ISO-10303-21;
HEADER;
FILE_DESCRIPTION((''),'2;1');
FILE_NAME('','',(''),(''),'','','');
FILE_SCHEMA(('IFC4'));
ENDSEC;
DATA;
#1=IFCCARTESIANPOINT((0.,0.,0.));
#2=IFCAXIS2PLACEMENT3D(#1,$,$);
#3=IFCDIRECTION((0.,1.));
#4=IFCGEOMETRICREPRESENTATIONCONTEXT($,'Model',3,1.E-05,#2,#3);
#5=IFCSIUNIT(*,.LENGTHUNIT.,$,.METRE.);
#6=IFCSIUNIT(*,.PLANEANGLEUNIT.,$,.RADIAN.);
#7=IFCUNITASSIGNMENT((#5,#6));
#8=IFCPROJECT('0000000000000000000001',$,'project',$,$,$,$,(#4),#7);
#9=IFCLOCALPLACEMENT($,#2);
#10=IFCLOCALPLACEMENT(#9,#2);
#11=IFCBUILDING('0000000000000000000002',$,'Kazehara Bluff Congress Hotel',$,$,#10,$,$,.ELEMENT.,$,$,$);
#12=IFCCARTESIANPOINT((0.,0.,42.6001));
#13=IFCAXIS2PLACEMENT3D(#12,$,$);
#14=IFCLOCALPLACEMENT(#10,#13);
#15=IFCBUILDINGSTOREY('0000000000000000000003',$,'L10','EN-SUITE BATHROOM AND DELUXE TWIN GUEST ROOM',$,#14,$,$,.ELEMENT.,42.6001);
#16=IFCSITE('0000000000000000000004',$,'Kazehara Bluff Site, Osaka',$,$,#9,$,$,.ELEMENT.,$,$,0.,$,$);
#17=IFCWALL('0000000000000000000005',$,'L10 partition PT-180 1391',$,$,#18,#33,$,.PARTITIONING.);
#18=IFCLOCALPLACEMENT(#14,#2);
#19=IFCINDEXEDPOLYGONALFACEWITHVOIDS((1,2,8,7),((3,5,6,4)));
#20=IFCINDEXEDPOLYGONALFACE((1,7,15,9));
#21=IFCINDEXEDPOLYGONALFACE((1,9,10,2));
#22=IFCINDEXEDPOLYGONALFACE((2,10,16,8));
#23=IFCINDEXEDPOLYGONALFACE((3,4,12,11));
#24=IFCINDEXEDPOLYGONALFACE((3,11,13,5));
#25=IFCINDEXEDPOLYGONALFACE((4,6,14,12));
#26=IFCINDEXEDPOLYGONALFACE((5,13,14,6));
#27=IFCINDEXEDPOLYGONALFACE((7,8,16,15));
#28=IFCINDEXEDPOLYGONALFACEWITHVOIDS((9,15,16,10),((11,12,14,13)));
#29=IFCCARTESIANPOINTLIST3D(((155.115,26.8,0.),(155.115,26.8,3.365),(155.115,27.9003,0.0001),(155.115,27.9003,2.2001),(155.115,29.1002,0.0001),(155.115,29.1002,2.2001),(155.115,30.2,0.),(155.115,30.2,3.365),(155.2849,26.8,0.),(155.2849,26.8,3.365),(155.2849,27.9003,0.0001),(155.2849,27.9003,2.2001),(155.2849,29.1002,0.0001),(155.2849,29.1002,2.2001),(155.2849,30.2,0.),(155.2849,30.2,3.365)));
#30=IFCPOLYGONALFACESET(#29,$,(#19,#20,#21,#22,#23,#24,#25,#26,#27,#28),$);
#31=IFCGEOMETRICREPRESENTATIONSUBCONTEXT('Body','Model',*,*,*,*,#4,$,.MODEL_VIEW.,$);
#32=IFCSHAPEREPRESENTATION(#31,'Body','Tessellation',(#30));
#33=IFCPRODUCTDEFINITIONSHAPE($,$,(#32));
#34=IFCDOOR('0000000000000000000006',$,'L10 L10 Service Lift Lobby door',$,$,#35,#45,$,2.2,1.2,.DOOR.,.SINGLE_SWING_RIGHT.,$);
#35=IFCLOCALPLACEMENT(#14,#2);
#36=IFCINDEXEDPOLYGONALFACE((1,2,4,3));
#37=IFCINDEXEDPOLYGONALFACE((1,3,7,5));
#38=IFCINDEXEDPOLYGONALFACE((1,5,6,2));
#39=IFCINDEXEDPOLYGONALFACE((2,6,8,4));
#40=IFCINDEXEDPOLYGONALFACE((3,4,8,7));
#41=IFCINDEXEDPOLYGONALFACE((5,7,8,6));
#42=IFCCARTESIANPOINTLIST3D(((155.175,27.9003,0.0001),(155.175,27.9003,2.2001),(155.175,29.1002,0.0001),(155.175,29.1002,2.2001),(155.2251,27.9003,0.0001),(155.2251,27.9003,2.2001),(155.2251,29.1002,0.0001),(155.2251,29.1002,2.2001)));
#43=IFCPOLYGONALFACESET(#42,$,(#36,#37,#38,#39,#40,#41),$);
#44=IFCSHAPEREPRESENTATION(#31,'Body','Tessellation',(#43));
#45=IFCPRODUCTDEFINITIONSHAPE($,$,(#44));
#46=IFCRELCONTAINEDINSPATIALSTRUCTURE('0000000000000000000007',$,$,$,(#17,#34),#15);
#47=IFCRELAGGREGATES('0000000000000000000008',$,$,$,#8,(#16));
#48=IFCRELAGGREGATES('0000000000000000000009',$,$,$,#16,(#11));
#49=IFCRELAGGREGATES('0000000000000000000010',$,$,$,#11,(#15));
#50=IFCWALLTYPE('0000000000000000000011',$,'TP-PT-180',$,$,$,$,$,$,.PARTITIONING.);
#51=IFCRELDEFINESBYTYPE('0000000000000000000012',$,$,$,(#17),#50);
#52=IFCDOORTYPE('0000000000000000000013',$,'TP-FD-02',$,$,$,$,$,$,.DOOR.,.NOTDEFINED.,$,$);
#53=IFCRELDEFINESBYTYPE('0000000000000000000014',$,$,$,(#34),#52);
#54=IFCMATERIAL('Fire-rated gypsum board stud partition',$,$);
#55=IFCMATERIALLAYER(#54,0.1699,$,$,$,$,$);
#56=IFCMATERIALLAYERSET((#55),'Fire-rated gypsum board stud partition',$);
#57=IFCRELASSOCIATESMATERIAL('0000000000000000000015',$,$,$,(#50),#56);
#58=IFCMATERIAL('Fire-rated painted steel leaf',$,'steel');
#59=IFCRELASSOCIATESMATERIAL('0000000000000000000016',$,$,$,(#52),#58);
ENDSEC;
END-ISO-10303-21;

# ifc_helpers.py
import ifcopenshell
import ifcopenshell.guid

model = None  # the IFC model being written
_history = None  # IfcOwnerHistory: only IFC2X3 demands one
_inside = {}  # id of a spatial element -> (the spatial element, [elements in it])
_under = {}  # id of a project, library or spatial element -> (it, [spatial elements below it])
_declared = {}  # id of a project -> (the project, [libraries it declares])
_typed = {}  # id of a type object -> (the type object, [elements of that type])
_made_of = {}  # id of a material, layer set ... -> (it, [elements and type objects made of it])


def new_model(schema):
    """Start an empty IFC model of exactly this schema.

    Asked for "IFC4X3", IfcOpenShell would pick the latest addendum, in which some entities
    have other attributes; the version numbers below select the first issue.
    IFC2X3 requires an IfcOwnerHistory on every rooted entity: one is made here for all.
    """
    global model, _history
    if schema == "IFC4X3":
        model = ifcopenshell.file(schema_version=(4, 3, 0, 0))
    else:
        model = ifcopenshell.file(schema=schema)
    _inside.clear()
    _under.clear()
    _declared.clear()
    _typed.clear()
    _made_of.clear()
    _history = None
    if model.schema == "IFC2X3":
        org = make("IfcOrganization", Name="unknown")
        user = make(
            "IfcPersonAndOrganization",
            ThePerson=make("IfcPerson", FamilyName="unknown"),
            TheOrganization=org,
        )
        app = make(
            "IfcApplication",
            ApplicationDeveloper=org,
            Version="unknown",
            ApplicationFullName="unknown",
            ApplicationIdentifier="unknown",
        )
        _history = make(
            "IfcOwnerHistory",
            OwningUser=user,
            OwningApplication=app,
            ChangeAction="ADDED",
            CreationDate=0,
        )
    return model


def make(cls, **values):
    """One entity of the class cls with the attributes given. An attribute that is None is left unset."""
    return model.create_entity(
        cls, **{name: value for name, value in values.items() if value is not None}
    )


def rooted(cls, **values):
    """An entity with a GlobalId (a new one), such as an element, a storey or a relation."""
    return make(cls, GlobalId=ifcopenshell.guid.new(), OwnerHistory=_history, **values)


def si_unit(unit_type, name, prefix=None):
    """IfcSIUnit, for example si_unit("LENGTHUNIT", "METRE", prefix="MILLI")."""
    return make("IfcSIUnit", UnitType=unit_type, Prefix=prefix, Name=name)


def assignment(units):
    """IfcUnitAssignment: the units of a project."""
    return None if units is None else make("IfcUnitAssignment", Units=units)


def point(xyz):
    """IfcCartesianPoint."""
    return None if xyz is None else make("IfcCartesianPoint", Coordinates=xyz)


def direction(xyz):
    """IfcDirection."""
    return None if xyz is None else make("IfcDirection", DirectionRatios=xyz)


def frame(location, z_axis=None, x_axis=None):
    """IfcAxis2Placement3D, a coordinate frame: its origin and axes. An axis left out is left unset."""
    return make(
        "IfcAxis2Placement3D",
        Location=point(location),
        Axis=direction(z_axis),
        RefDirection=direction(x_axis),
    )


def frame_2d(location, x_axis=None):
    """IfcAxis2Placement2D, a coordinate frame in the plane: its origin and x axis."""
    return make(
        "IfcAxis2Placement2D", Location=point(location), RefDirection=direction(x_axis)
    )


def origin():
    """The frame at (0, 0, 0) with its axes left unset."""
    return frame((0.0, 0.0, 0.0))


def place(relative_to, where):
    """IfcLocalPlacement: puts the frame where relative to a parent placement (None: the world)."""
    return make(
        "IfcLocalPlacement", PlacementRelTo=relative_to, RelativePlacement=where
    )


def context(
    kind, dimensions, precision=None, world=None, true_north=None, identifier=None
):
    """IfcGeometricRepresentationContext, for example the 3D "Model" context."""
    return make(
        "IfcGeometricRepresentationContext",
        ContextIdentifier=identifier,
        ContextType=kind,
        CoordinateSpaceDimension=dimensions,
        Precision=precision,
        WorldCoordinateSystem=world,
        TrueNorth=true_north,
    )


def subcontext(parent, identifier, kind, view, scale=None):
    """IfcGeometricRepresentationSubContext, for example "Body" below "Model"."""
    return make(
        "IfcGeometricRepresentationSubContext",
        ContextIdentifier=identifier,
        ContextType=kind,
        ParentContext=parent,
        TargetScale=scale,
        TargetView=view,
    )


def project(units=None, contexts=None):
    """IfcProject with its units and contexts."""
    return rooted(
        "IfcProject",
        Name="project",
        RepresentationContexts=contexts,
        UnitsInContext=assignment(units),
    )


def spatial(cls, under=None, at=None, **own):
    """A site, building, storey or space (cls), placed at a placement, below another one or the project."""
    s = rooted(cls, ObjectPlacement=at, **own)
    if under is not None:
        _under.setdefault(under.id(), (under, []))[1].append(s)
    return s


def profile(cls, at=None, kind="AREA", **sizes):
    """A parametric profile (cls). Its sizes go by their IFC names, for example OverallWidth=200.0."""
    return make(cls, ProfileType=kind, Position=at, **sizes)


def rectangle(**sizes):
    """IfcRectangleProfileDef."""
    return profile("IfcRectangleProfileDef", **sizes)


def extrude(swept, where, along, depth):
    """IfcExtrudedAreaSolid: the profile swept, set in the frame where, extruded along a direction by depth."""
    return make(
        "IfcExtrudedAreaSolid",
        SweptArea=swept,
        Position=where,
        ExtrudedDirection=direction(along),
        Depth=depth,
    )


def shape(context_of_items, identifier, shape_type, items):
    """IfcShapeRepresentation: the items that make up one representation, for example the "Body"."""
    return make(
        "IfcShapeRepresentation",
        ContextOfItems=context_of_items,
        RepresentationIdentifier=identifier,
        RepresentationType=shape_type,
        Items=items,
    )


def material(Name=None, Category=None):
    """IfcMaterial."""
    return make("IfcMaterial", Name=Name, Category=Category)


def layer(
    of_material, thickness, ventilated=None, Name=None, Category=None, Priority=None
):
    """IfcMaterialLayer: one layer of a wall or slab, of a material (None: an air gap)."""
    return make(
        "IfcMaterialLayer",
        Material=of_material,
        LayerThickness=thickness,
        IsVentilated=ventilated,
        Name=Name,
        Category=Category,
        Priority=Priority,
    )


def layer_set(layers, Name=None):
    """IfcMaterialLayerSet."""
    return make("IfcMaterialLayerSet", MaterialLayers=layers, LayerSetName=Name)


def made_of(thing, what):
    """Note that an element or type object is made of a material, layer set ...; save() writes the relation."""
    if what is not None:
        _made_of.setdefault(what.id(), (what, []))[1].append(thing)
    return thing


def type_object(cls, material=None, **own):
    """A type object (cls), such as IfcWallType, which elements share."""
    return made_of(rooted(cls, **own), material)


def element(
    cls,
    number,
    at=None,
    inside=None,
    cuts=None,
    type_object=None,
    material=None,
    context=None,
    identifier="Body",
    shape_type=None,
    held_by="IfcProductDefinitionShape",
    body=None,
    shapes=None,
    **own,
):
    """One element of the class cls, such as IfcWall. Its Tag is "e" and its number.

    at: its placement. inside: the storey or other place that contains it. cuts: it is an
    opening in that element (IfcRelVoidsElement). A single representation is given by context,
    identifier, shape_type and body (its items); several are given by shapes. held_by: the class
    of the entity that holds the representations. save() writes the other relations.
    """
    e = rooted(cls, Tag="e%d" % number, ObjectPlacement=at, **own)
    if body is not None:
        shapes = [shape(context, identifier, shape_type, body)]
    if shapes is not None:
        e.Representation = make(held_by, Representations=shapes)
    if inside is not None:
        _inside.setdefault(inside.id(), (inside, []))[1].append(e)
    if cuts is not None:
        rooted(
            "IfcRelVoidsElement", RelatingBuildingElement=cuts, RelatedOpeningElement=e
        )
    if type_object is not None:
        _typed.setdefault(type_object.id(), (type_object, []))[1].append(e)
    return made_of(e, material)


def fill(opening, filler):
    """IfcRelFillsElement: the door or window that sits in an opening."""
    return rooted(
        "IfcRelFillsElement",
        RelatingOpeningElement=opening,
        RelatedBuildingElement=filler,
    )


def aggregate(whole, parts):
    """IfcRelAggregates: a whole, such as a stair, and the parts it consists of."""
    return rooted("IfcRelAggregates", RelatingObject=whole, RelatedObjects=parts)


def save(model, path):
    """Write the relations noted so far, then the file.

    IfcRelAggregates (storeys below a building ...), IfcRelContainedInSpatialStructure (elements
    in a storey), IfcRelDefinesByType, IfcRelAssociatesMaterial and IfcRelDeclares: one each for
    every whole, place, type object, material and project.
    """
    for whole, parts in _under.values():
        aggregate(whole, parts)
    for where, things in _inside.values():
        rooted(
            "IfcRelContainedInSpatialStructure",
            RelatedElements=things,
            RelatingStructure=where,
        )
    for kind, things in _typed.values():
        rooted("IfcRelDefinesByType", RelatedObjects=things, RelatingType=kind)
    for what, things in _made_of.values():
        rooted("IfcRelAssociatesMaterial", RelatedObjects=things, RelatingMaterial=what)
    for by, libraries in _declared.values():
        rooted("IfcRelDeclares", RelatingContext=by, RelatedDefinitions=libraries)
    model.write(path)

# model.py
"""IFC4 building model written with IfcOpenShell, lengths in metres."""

from ifc_helpers import new_model, si_unit, direction, frame, frame_2d, origin, place, context, subcontext, project, spatial, rectangle, extrude, material, layer, layer_set, type_object, element, fill, save


model = new_model("IFC4")

# Units and contexts
model_context = context("Model", 3, precision=1e-05, world=origin(), true_north=direction((0.0, 1.0)))
body_context = subcontext(model_context, "Body", "Model", "MODEL_VIEW")
ifc_project = project(units=[si_unit("LENGTHUNIT", "METRE"), si_unit("PLANEANGLEUNIT", "RADIAN")], contexts=[model_context])

# Site, building, storey
site_placement = place(None, origin())
site = spatial("IfcSite", under=ifc_project, at=site_placement, Name="Kazehara Bluff Site, Osaka", CompositionType="ELEMENT", RefElevation=0.0)
building_placement = place(site_placement, origin())
building = spatial("IfcBuilding", under=site, at=building_placement, Name="Kazehara Bluff Congress Hotel", CompositionType="ELEMENT")
storey_placement = place(building_placement, frame((0.0, 0.0, 42.6001)))
storey = spatial("IfcBuildingStorey", under=building, at=storey_placement, Name="L10", Description="EN-SUITE BATHROOM AND DELUXE TWIN GUEST ROOM", CompositionType="ELEMENT", Elevation=42.6001)

# Wall, opening, door
ifc_material_1 = material(Name="Fire-rated gypsum board stud partition")
ifc_layer_1 = layer(ifc_material_1, 0.1699)
ifc_layer_set_1 = layer_set([ifc_layer_1], Name="Fire-rated gypsum board stud partition")
wall_type_1 = type_object("IfcWallType", Name="TP-PT-180", PredefinedType="PARTITIONING", material=ifc_layer_set_1)
wall_1_placement = place(storey_placement, frame((155.2, 26.8, 0.0), z_axis=(0.0, 0.0, 1.0), x_axis=(0.0, 1.0, 0.0)))
wall_1 = element("IfcWall", 1, at=wall_1_placement, inside=storey, type_object=wall_type_1, Name="L10 partition PT-180 1391", PredefinedType="PARTITIONING", context=body_context, shape_type="SweptSolid", body=[
    extrude(rectangle(XDim=3.3999, YDim=0.1699, at=frame_2d((1.7, 0.0))), origin(), (0.0, 0.0, 1.0), 3.365),
])
opening_1_placement = place(wall_1_placement, frame((1.1001, 0.0, 0.0)))
opening_1 = element("IfcOpeningElement", 2, at=opening_1_placement, cuts=wall_1, PredefinedType="OPENING", context=body_context, shape_type="SweptSolid", body=[
    extrude(rectangle(XDim=1.2, YDim=2.2, at=frame_2d((0.6001, 1.1001))), frame((0.0, 0.095, 0.0), z_axis=(0.0, -1.0, 0.0), x_axis=(1.0, 0.0, 0.0)), (0.0, 0.0, 1.0), 0.1899),
])
ifc_material_2 = material(Name="Fire-rated painted steel leaf", Category="steel")
door_type_1 = type_object("IfcDoorType", Name="TP-FD-02", OperationType="NOTDEFINED", PredefinedType="DOOR", material=ifc_material_2)
door_1_placement = place(opening_1_placement, origin())
door_1 = element("IfcDoor", 3, at=door_1_placement, inside=storey, type_object=door_type_1, Name="L10 L10 Service Lift Lobby door", OperationType="SINGLE_SWING_RIGHT", OverallHeight=2.2, OverallWidth=1.2, PredefinedType="DOOR", context=body_context, shape_type="SweptSolid", body=[
    extrude(rectangle(XDim=1.2, YDim=2.2, at=frame_2d((0.6001, 1.1001))), frame((0.0, 0.0249, 0.0), z_axis=(0.0, -1.0, 0.0), x_axis=(1.0, 0.0, 0.0)), (0.0, 0.0, 1.0), 0.05),
])
fill(opening_1, door_1)

save(model, "model.ifc")
